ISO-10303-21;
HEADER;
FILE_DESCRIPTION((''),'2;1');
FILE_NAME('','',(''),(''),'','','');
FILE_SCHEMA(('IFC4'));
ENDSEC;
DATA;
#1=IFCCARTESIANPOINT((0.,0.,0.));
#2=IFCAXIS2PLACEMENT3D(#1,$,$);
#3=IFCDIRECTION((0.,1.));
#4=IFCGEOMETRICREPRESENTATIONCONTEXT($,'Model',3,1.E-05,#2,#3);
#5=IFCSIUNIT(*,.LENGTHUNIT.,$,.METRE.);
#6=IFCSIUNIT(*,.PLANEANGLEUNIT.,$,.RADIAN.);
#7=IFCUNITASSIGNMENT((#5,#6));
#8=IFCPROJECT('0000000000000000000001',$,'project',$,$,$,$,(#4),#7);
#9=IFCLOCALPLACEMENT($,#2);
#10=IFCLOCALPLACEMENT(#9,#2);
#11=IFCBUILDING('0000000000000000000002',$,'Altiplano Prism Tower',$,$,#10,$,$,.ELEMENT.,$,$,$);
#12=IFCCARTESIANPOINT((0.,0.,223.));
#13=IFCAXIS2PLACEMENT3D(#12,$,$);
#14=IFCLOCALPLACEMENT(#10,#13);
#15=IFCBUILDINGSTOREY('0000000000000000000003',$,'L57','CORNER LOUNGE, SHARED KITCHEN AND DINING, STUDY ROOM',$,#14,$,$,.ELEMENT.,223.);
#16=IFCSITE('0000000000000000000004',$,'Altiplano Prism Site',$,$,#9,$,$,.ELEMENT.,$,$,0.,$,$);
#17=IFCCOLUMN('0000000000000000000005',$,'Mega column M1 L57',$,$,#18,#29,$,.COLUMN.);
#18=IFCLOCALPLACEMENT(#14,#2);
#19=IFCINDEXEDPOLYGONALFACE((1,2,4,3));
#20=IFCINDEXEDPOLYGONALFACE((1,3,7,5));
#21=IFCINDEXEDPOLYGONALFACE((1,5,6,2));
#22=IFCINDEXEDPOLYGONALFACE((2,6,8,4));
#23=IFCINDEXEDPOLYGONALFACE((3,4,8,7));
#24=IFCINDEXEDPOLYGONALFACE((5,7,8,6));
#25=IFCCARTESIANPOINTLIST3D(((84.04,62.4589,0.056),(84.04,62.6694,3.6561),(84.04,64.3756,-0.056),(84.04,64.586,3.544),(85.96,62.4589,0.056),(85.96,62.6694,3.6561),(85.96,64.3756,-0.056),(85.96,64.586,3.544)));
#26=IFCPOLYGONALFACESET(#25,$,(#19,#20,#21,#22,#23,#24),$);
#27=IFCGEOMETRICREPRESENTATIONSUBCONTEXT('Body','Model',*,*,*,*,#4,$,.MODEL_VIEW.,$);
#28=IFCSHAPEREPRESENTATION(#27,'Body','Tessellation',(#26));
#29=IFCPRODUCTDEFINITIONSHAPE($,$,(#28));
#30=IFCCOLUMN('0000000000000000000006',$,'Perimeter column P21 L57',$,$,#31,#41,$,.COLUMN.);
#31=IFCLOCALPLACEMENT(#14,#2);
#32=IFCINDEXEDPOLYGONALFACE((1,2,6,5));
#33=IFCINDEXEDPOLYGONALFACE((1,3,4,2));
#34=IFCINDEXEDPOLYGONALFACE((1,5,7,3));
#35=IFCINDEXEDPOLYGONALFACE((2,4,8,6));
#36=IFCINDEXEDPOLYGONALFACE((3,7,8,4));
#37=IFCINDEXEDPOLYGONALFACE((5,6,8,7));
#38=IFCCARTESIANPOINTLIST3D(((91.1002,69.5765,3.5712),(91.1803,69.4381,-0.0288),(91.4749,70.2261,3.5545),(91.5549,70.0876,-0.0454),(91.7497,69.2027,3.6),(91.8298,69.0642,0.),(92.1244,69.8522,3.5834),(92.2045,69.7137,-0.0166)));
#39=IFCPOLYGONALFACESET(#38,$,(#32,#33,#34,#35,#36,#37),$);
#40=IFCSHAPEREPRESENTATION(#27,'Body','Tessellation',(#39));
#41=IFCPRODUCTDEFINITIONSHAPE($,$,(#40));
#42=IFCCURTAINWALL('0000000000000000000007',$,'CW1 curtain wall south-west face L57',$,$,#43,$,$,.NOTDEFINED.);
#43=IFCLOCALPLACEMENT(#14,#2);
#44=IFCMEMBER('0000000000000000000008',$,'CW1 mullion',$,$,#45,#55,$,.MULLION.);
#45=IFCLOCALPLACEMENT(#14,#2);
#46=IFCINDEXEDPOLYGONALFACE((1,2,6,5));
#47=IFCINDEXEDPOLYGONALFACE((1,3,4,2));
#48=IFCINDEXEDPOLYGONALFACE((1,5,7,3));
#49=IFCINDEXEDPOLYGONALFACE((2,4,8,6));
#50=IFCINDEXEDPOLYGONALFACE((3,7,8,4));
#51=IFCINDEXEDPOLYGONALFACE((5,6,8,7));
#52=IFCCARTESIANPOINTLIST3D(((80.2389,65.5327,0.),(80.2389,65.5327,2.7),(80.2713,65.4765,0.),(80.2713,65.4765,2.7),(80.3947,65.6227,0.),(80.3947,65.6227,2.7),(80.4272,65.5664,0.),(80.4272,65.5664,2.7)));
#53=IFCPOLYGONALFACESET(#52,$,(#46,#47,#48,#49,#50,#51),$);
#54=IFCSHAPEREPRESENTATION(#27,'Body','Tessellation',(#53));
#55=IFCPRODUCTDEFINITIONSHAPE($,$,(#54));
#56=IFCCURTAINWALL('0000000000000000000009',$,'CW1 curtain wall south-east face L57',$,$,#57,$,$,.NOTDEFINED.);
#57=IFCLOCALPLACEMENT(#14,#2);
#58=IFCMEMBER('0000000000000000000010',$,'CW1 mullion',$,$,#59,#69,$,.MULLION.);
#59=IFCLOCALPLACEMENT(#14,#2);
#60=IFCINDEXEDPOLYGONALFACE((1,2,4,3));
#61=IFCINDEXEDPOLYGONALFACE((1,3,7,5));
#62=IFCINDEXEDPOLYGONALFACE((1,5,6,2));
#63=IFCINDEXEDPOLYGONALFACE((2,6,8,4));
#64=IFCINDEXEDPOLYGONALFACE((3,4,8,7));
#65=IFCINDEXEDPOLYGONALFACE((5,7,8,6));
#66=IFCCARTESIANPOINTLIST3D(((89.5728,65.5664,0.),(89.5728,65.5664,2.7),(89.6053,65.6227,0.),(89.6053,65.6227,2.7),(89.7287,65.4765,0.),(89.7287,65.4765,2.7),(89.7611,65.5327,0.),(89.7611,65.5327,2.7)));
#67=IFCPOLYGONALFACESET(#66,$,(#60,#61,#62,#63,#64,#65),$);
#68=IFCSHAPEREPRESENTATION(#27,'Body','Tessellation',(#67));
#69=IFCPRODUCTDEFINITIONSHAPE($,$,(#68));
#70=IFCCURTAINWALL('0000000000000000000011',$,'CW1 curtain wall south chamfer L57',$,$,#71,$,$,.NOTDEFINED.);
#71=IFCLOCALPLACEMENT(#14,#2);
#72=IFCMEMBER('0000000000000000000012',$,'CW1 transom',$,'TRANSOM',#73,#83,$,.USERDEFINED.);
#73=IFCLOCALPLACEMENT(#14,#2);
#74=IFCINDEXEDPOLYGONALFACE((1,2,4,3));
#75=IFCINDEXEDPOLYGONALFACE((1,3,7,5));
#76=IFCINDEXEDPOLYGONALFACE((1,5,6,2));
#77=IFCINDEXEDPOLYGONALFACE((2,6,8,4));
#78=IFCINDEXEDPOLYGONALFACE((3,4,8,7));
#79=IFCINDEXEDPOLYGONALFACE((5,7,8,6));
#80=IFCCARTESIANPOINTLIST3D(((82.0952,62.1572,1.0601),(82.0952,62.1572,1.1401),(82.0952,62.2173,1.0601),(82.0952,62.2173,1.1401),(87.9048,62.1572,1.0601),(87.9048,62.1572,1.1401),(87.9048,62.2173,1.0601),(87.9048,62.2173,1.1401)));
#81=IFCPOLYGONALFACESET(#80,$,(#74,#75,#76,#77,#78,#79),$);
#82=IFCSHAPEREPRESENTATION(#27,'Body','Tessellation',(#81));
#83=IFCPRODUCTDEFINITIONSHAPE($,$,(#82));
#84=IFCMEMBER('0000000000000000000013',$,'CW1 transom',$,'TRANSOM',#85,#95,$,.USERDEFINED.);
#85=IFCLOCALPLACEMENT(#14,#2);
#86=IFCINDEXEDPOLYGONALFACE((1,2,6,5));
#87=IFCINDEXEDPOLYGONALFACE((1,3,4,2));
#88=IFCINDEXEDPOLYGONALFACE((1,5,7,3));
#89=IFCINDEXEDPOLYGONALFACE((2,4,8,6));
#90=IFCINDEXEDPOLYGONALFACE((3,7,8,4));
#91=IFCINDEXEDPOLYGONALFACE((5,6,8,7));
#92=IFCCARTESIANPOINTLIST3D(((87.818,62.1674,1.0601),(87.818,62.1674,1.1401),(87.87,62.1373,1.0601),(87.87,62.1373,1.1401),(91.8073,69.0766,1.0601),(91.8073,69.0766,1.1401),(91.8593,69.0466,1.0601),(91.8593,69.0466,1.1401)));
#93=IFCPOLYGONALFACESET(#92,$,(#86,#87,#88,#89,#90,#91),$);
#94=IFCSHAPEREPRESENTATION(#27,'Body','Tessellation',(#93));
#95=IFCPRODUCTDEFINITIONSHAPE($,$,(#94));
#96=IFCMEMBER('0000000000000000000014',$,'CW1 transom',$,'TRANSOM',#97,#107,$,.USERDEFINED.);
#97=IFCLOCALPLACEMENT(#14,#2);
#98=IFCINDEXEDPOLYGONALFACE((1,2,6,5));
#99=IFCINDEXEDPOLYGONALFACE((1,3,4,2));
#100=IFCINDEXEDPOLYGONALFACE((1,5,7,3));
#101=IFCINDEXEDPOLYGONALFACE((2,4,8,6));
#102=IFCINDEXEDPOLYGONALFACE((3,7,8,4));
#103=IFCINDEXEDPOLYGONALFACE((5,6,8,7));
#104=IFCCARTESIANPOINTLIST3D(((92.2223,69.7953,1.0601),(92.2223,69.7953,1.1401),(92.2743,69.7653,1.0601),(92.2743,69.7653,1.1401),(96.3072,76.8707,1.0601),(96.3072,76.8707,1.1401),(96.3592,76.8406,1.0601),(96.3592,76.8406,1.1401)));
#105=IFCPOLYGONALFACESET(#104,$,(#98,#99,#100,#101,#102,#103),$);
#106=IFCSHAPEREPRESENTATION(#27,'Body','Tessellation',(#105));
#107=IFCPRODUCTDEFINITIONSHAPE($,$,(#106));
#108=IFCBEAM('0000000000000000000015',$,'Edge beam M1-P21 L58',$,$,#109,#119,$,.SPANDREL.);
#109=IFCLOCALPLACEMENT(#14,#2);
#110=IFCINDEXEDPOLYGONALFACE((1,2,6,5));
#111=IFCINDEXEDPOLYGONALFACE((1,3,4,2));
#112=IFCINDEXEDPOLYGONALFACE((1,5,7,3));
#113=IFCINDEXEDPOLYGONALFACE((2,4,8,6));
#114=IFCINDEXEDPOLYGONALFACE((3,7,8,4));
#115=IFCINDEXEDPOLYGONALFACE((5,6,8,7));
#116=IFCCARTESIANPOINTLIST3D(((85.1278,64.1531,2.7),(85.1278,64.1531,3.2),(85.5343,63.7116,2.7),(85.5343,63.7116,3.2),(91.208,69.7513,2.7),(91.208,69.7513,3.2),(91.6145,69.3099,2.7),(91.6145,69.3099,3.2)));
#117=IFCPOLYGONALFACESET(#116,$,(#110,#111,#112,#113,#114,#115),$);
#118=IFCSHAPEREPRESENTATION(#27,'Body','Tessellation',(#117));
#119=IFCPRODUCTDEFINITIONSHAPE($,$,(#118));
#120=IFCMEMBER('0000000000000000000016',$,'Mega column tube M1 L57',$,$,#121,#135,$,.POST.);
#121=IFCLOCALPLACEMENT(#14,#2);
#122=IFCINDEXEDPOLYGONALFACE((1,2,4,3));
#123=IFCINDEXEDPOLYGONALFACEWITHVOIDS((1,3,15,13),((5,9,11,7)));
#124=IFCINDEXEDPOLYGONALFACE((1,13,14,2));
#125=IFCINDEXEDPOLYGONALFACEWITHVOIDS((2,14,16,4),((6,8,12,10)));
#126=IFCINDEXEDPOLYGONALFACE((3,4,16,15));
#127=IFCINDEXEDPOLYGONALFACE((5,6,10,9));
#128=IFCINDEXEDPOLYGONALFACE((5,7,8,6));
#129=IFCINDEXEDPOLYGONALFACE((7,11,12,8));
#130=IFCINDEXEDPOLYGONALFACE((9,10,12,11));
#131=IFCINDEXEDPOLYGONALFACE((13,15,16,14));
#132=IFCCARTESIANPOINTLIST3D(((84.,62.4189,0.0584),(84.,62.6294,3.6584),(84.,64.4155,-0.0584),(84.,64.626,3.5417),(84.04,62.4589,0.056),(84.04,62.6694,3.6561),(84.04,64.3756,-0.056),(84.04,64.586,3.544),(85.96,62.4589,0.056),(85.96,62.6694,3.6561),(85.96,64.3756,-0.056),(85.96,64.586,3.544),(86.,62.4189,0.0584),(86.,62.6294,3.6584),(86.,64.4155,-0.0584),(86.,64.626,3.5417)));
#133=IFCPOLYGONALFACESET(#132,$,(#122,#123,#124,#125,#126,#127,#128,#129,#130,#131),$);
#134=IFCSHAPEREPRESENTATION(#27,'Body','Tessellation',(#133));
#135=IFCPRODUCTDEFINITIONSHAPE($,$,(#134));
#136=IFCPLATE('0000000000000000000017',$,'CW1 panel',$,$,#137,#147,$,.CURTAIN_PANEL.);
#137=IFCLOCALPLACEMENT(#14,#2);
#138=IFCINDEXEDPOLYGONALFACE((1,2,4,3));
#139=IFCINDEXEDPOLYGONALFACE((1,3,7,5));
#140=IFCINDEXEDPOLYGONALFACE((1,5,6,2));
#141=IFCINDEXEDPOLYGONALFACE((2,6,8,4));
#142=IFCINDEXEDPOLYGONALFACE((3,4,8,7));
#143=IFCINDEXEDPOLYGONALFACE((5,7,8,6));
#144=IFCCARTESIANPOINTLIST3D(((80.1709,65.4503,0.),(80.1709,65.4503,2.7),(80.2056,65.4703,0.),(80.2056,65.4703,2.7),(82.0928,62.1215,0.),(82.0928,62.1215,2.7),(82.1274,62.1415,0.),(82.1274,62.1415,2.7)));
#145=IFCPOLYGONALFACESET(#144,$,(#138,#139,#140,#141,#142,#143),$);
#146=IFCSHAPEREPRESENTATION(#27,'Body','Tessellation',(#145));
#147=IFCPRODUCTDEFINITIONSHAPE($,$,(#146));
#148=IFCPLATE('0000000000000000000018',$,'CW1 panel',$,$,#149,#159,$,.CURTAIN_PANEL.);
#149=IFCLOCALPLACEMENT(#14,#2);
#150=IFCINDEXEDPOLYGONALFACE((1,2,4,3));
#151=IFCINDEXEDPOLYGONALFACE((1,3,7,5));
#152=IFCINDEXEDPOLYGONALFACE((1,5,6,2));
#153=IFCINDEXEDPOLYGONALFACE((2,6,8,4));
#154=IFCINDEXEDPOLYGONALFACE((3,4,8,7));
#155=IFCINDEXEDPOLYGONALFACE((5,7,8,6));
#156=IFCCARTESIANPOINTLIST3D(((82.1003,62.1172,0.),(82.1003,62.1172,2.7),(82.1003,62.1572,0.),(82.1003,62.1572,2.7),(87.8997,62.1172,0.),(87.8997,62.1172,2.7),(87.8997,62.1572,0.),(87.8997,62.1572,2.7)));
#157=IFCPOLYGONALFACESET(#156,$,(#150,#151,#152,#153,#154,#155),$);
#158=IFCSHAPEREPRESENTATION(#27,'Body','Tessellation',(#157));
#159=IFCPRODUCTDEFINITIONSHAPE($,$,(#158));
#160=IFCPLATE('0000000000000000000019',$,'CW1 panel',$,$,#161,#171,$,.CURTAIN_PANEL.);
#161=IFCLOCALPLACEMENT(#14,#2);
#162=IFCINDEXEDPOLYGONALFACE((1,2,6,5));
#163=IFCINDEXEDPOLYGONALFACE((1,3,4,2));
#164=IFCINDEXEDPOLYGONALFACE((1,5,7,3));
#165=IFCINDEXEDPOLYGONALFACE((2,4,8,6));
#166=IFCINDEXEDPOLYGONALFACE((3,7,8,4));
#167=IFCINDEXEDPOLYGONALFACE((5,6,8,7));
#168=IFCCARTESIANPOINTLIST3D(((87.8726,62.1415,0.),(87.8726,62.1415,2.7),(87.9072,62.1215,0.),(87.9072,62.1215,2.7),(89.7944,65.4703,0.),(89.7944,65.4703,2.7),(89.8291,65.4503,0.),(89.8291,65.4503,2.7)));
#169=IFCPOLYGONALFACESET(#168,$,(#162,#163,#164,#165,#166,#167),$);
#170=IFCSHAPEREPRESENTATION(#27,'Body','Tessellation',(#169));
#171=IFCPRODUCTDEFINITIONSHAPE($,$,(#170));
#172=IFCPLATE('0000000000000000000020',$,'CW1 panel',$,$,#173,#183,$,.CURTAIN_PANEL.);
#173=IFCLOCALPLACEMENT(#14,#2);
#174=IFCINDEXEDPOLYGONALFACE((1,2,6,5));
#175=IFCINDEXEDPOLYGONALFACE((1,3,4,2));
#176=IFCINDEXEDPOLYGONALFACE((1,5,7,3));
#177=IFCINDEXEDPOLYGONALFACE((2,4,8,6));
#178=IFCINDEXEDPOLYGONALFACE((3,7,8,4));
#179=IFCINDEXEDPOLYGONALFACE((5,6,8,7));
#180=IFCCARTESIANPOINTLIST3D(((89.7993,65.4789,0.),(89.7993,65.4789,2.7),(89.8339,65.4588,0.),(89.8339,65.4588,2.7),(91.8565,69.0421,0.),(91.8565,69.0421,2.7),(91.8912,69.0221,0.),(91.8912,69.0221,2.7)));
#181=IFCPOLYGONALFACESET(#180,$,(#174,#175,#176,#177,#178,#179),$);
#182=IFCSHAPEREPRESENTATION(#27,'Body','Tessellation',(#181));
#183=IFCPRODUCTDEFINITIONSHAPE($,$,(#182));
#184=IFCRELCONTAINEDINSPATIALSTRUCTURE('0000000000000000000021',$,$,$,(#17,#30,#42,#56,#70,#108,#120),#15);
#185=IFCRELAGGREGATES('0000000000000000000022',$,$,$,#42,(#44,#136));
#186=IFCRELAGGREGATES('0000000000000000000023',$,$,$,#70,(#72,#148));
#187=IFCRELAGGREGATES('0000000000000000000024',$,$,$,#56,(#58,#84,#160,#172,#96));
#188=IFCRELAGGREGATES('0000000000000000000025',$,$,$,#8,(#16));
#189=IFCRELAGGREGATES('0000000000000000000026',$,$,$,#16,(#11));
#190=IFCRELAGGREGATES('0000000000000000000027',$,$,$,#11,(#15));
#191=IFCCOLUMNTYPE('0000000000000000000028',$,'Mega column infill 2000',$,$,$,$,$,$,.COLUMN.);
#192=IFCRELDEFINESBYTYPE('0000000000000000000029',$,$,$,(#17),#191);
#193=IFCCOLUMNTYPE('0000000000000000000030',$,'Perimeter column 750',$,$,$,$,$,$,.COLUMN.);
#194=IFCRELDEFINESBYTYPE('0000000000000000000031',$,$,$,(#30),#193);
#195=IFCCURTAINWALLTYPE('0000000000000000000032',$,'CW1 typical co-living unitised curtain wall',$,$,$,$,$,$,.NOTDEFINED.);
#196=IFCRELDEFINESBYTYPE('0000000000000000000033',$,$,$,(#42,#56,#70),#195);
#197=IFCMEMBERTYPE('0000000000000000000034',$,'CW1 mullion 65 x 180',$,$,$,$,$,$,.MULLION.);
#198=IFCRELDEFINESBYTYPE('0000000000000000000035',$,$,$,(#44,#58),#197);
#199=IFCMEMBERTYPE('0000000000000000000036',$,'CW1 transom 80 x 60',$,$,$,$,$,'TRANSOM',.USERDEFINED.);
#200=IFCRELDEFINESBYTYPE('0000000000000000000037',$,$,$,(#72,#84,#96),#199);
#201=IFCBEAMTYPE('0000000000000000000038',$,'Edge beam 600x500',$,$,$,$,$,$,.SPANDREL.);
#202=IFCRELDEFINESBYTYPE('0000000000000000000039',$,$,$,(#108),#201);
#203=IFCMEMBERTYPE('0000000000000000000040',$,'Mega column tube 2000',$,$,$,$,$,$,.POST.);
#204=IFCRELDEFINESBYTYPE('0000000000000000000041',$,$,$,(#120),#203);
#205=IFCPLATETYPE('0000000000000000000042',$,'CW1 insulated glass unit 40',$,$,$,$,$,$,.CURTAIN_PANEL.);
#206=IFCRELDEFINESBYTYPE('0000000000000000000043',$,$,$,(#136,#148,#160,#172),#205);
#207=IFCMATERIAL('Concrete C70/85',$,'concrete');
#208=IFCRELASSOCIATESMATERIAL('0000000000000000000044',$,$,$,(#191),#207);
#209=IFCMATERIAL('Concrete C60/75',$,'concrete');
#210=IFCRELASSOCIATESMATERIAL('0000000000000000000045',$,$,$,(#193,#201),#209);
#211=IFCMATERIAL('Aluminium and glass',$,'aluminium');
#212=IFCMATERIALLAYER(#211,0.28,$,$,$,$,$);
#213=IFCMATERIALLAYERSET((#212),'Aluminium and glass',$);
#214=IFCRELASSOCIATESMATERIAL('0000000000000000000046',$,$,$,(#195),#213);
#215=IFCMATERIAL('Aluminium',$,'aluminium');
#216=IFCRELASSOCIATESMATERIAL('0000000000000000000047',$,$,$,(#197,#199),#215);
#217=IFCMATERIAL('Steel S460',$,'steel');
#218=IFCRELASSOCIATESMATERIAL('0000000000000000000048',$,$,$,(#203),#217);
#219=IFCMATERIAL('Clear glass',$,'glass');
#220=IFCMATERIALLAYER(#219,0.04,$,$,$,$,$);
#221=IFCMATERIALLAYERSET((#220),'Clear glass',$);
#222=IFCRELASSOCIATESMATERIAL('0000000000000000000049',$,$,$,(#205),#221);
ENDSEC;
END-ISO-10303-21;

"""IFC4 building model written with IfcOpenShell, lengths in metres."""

from ifc_helpers import new_model, si_unit, direction, frame, origin, origin_2d, place, context, subcontext, project, spatial, rectangle, hollow_rectangle, extrude, material, layer, layer_set, material_profile, profile_set, type_object, element, aggregate, save


model = new_model("IFC4")

# Units and contexts
model_context = context("Model", 3, precision=1e-05, world=origin(), true_north=direction((0.0, 1.0)))
body_context = subcontext(model_context, "Body", "Model", "MODEL_VIEW")
ifc_project = project(units=[si_unit("LENGTHUNIT", "METRE"), si_unit("PLANEANGLEUNIT", "RADIAN")], contexts=[model_context])

# Site, building, storey
site_placement = place(None, origin())
site = spatial("IfcSite", under=ifc_project, at=site_placement, Name="Altiplano Prism Site", CompositionType="ELEMENT", RefElevation=0.0)
building_placement = place(site_placement, origin())
building = spatial("IfcBuilding", under=site, at=building_placement, Name="Altiplano Prism Tower", CompositionType="ELEMENT")
storey_placement = place(building_placement, frame((0.0, 0.0, 223.0)))
storey = spatial("IfcBuildingStorey", under=building, at=storey_placement, Name="L57", Description="CORNER LOUNGE, SHARED KITCHEN AND DINING, STUDY ROOM", CompositionType="ELEMENT", Elevation=223.0)

# Columns
ifc_material_1 = material(Name="Concrete C70/85", Category="concrete")
ifc_material_profile_1 = material_profile(ifc_material_1, rectangle(XDim=1.9199, YDim=1.9199, at=origin_2d()), Name="Mega column infill 2000")
ifc_profile_set_1 = profile_set([ifc_material_profile_1], Name="Concrete C70/85")
column_type_1 = type_object("IfcColumnType", Name="Mega column infill 2000", PredefinedType="COLUMN", material=ifc_profile_set_1)
column_1_placement = place(storey_placement, frame((85.0, 63.4172, 0.0), z_axis=(0.0, 0.058357, 0.998296), x_axis=(-1.0, 0.0, 0.0)))
element("IfcColumn", 1, at=column_1_placement, inside=storey, type_object=column_type_1, Name="Mega column M1 L57", PredefinedType="COLUMN", context=body_context, shape_type="SweptSolid", body=[
    extrude(rectangle(XDim=1.9199, YDim=1.9199, at=origin_2d()), origin(), (0.0, 0.0, 1.0), 3.6062),
])
ifc_material_2 = material(Name="Concrete C60/75", Category="concrete")
ifc_material_profile_2 = material_profile(ifc_material_2, rectangle(XDim=0.75, YDim=0.75, at=origin_2d()), Name="Perimeter column 750")
ifc_profile_set_2 = profile_set([ifc_material_profile_2], Name="Concrete C60/75")
column_type_2 = type_object("IfcColumnType", Name="Perimeter column 750", PredefinedType="COLUMN", material=ifc_profile_set_2)
column_2_placement = place(storey_placement, frame((91.6924, 69.5759, -0.0227), z_axis=(-0.022223, 0.038416, 0.999015), x_axis=(-0.499508, -0.866025, 0.02219)))
element("IfcColumn", 2, at=column_2_placement, inside=storey, type_object=column_type_2, Name="Perimeter column P21 L57", PredefinedType="COLUMN", context=body_context, shape_type="SweptSolid", body=[
    extrude(rectangle(XDim=0.75, YDim=0.75, at=origin_2d()), origin(), (0.0, 0.0, 1.0), 3.6035),
])

# Curtain walls, members
ifc_material_3 = material(Name="Aluminium and glass", Category="aluminium")
ifc_layer_1 = layer(ifc_material_3, 0.28)
ifc_layer_set_1 = layer_set([ifc_layer_1], Name="Aluminium and glass")
curtain_wall_type = type_object("IfcCurtainWallType", Name="CW1 typical co-living unitised curtain wall", PredefinedType="NOTDEFINED", material=ifc_layer_set_1)
curtain_wall_1_placement = place(storey_placement, origin())
curtain_wall_1 = element("IfcCurtainWall", 3, at=curtain_wall_1_placement, inside=storey, type_object=curtain_wall_type, Name="CW1 curtain wall south-west face L57", PredefinedType="NOTDEFINED")
ifc_material_4 = material(Name="Aluminium", Category="aluminium")
ifc_material_profile_3 = material_profile(ifc_material_4, rectangle(XDim=0.1799, YDim=0.0649, at=origin_2d()), Name="CW1 mullion 65 x 180")
ifc_profile_set_3 = profile_set([ifc_material_profile_3], Name="Aluminium")
member_type_1 = type_object("IfcMemberType", Name="CW1 mullion 65 x 180", PredefinedType="MULLION", material=ifc_profile_set_3)
member_1_placement = place(storey_placement, frame((80.333, 65.5496, 0.0), z_axis=(0.0, 0.0, 1.0), x_axis=(0.866025, 0.5, 0.0)))
member_1 = element("IfcMember", 4, at=member_1_placement, type_object=member_type_1, Name="CW1 mullion", PredefinedType="MULLION", context=body_context, shape_type="SweptSolid", body=[
    extrude(rectangle(XDim=0.1799, YDim=0.0649, at=origin_2d()), origin(), (0.0, 0.0, 1.0), 2.7),
])
curtain_wall_2_placement = place(storey_placement, origin())
curtain_wall_2 = element("IfcCurtainWall", 5, at=curtain_wall_2_placement, inside=storey, type_object=curtain_wall_type, Name="CW1 curtain wall south-east face L57", PredefinedType="NOTDEFINED")
member_2_placement = place(storey_placement, frame((89.667, 65.5496, 0.0), z_axis=(0.0, 0.0, 1.0), x_axis=(-0.866025, 0.5, 0.0)))
member_2 = element("IfcMember", 6, at=member_2_placement, type_object=member_type_1, Name="CW1 mullion", PredefinedType="MULLION", context=body_context, shape_type="SweptSolid", body=[
    extrude(rectangle(XDim=0.1799, YDim=0.0649, at=origin_2d()), origin(), (0.0, 0.0, 1.0), 2.7),
])
curtain_wall_3_placement = place(storey_placement, origin())
curtain_wall_3 = element("IfcCurtainWall", 7, at=curtain_wall_3_placement, inside=storey, type_object=curtain_wall_type, Name="CW1 curtain wall south chamfer L57", PredefinedType="NOTDEFINED")
ifc_material_profile_4 = material_profile(ifc_material_4, rectangle(XDim=0.0601, YDim=0.0801, at=origin_2d()), Name="CW1 transom 80 x 60")
ifc_profile_set_4 = profile_set([ifc_material_profile_4], Name="Aluminium")
member_type_2 = type_object("IfcMemberType", Name="CW1 transom 80 x 60", ElementType="TRANSOM", PredefinedType="USERDEFINED", material=ifc_profile_set_4)
member_3_placement = place(storey_placement, frame((82.0952, 62.1873, 1.1001), z_axis=(1.0, 0.0, 0.0), x_axis=(0.0, 1.0, 0.0)))
member_3 = element("IfcMember", 8, at=member_3_placement, type_object=member_type_2, Name="CW1 transom", ObjectType="TRANSOM", PredefinedType="USERDEFINED", context=body_context, shape_type="SweptSolid", body=[
    extrude(rectangle(XDim=0.0601, YDim=0.0801, at=origin_2d()), origin(), (0.0, 0.0, 1.0), 5.8096),
])

# Members
member_4_placement = place(storey_placement, frame((87.844, 62.1523, 1.1001), z_axis=(0.500023, 0.866012, 0.0), x_axis=(-0.866012, 0.500023, 0.0)))
member_4 = element("IfcMember", 9, at=member_4_placement, type_object=member_type_2, Name="CW1 transom", ObjectType="TRANSOM", PredefinedType="USERDEFINED", context=body_context, shape_type="SweptSolid", body=[
    extrude(rectangle(XDim=0.0601, YDim=0.0801, at=origin_2d()), origin(), (0.0, 0.0, 1.0), 7.9783),
])
member_5_placement = place(storey_placement, frame((92.2483, 69.7803, 1.1001), z_axis=(0.499996, 0.866028, 0.0), x_axis=(-0.866028, 0.499996, 0.0)))
member_5 = element("IfcMember", 10, at=member_5_placement, type_object=member_type_2, Name="CW1 transom", ObjectType="TRANSOM", PredefinedType="USERDEFINED", context=body_context, shape_type="SweptSolid", body=[
    extrude(rectangle(XDim=0.0601, YDim=0.0801, at=origin_2d()), origin(), (0.0, 0.0, 1.0), 8.1699),
])

# Beam
ifc_material_profile_5 = material_profile(ifc_material_2, rectangle(XDim=0.6001, YDim=0.5, at=origin_2d()), Name="Edge beam 600x500")
ifc_profile_set_5 = profile_set([ifc_material_profile_5], Name="Concrete C60/75")
beam_type = type_object("IfcBeamType", Name="Edge beam 600x500", PredefinedType="SPANDREL", material=ifc_profile_set_5)
beam_placement = place(storey_placement, frame((85.3311, 63.9324, 2.95), z_axis=(0.735661, 0.67735, 0.0), x_axis=(-0.67735, 0.735661, 0.0)))
element("IfcBeam", 11, at=beam_placement, inside=storey, type_object=beam_type, Name="Edge beam M1-P21 L58", PredefinedType="SPANDREL", context=body_context, shape_type="SweptSolid", body=[
    extrude(rectangle(XDim=0.6001, YDim=0.5, at=origin_2d()), origin(), (0.0, 0.0, 1.0), 8.2649),
])

# Member
ifc_material_5 = material(Name="Steel S460", Category="steel")
ifc_material_profile_6 = material_profile(ifc_material_5, hollow_rectangle(XDim=2.0, YDim=2.0, WallThickness=0.04, at=origin_2d()), Name="Mega column tube 2000")
ifc_profile_set_6 = profile_set([ifc_material_profile_6], Name="Steel S460")
member_type_3 = type_object("IfcMemberType", Name="Mega column tube 2000", PredefinedType="POST", material=ifc_profile_set_6)
member_6_placement = place(storey_placement, frame((85.0, 63.4172, 0.0), z_axis=(0.0, 0.058357, 0.998296), x_axis=(-1.0, 0.0, 0.0)))
element("IfcMember", 12, at=member_6_placement, inside=storey, type_object=member_type_3, Name="Mega column tube M1 L57", PredefinedType="POST", context=body_context, shape_type="SweptSolid", body=[
    extrude(hollow_rectangle(XDim=2.0, YDim=2.0, WallThickness=0.04, at=origin_2d()), origin(), (0.0, 0.0, 1.0), 3.6062),
])

# Plates
ifc_material_6 = material(Name="Clear glass", Category="glass")
ifc_layer_2 = layer(ifc_material_6, 0.04)
ifc_layer_set_2 = layer_set([ifc_layer_2], Name="Clear glass")
plate_type = type_object("IfcPlateType", Name="CW1 insulated glass unit 40", PredefinedType="CURTAIN_PANEL", material=ifc_layer_set_2)
plate_1_placement = place(storey_placement, frame((81.1492, 63.7959, 0.0), z_axis=(0.0, 0.0, 1.0), x_axis=(0.5, -0.866025, 0.0)))
plate_1 = element("IfcPlate", 13, at=plate_1_placement, type_object=plate_type, Name="CW1 panel", PredefinedType="CURTAIN_PANEL", context=body_context, shape_type="SweptSolid", body=[
    extrude(rectangle(XDim=3.8438, YDim=0.04, at=origin_2d()), origin(), (0.0, 0.0, 1.0), 2.7),
])
aggregate(curtain_wall_1, [member_1, plate_1])
plate_2_placement = place(storey_placement, frame((85.0, 62.1372, 0.0), z_axis=(0.0, 0.0, 1.0), x_axis=(1.0, 0.0, 0.0)))
plate_2 = element("IfcPlate", 14, at=plate_2_placement, type_object=plate_type, Name="CW1 panel", PredefinedType="CURTAIN_PANEL", context=body_context, shape_type="SweptSolid", body=[
    extrude(rectangle(XDim=5.7993, YDim=0.04, at=origin_2d()), origin(), (0.0, 0.0, 1.0), 2.7),
])
aggregate(curtain_wall_3, [member_3, plate_2])
plate_3_placement = place(storey_placement, frame((88.8508, 63.7959, 0.0), z_axis=(0.0, 0.0, 1.0), x_axis=(0.5, 0.866025, 0.0)))
plate_3 = element("IfcPlate", 15, at=plate_3_placement, type_object=plate_type, Name="CW1 panel", PredefinedType="CURTAIN_PANEL", context=body_context, shape_type="SweptSolid", body=[
    extrude(rectangle(XDim=3.8438, YDim=0.04, at=origin_2d()), origin(), (0.0, 0.0, 1.0), 2.7),
])
plate_4_placement = place(storey_placement, frame((90.8452, 67.2505, 0.0), z_axis=(0.0, 0.0, 1.0), x_axis=(0.5, 0.866025, 0.0)))
plate_4 = element("IfcPlate", 16, at=plate_4_placement, type_object=plate_type, Name="CW1 panel", PredefinedType="CURTAIN_PANEL", context=body_context, shape_type="SweptSolid", body=[
    extrude(rectangle(XDim=4.1145, YDim=0.04, at=origin_2d()), origin(), (0.0, 0.0, 1.0), 2.7),
])
aggregate(curtain_wall_2, [member_2, member_4, plate_3, plate_4, member_5])

save(model, "model.ifc")
